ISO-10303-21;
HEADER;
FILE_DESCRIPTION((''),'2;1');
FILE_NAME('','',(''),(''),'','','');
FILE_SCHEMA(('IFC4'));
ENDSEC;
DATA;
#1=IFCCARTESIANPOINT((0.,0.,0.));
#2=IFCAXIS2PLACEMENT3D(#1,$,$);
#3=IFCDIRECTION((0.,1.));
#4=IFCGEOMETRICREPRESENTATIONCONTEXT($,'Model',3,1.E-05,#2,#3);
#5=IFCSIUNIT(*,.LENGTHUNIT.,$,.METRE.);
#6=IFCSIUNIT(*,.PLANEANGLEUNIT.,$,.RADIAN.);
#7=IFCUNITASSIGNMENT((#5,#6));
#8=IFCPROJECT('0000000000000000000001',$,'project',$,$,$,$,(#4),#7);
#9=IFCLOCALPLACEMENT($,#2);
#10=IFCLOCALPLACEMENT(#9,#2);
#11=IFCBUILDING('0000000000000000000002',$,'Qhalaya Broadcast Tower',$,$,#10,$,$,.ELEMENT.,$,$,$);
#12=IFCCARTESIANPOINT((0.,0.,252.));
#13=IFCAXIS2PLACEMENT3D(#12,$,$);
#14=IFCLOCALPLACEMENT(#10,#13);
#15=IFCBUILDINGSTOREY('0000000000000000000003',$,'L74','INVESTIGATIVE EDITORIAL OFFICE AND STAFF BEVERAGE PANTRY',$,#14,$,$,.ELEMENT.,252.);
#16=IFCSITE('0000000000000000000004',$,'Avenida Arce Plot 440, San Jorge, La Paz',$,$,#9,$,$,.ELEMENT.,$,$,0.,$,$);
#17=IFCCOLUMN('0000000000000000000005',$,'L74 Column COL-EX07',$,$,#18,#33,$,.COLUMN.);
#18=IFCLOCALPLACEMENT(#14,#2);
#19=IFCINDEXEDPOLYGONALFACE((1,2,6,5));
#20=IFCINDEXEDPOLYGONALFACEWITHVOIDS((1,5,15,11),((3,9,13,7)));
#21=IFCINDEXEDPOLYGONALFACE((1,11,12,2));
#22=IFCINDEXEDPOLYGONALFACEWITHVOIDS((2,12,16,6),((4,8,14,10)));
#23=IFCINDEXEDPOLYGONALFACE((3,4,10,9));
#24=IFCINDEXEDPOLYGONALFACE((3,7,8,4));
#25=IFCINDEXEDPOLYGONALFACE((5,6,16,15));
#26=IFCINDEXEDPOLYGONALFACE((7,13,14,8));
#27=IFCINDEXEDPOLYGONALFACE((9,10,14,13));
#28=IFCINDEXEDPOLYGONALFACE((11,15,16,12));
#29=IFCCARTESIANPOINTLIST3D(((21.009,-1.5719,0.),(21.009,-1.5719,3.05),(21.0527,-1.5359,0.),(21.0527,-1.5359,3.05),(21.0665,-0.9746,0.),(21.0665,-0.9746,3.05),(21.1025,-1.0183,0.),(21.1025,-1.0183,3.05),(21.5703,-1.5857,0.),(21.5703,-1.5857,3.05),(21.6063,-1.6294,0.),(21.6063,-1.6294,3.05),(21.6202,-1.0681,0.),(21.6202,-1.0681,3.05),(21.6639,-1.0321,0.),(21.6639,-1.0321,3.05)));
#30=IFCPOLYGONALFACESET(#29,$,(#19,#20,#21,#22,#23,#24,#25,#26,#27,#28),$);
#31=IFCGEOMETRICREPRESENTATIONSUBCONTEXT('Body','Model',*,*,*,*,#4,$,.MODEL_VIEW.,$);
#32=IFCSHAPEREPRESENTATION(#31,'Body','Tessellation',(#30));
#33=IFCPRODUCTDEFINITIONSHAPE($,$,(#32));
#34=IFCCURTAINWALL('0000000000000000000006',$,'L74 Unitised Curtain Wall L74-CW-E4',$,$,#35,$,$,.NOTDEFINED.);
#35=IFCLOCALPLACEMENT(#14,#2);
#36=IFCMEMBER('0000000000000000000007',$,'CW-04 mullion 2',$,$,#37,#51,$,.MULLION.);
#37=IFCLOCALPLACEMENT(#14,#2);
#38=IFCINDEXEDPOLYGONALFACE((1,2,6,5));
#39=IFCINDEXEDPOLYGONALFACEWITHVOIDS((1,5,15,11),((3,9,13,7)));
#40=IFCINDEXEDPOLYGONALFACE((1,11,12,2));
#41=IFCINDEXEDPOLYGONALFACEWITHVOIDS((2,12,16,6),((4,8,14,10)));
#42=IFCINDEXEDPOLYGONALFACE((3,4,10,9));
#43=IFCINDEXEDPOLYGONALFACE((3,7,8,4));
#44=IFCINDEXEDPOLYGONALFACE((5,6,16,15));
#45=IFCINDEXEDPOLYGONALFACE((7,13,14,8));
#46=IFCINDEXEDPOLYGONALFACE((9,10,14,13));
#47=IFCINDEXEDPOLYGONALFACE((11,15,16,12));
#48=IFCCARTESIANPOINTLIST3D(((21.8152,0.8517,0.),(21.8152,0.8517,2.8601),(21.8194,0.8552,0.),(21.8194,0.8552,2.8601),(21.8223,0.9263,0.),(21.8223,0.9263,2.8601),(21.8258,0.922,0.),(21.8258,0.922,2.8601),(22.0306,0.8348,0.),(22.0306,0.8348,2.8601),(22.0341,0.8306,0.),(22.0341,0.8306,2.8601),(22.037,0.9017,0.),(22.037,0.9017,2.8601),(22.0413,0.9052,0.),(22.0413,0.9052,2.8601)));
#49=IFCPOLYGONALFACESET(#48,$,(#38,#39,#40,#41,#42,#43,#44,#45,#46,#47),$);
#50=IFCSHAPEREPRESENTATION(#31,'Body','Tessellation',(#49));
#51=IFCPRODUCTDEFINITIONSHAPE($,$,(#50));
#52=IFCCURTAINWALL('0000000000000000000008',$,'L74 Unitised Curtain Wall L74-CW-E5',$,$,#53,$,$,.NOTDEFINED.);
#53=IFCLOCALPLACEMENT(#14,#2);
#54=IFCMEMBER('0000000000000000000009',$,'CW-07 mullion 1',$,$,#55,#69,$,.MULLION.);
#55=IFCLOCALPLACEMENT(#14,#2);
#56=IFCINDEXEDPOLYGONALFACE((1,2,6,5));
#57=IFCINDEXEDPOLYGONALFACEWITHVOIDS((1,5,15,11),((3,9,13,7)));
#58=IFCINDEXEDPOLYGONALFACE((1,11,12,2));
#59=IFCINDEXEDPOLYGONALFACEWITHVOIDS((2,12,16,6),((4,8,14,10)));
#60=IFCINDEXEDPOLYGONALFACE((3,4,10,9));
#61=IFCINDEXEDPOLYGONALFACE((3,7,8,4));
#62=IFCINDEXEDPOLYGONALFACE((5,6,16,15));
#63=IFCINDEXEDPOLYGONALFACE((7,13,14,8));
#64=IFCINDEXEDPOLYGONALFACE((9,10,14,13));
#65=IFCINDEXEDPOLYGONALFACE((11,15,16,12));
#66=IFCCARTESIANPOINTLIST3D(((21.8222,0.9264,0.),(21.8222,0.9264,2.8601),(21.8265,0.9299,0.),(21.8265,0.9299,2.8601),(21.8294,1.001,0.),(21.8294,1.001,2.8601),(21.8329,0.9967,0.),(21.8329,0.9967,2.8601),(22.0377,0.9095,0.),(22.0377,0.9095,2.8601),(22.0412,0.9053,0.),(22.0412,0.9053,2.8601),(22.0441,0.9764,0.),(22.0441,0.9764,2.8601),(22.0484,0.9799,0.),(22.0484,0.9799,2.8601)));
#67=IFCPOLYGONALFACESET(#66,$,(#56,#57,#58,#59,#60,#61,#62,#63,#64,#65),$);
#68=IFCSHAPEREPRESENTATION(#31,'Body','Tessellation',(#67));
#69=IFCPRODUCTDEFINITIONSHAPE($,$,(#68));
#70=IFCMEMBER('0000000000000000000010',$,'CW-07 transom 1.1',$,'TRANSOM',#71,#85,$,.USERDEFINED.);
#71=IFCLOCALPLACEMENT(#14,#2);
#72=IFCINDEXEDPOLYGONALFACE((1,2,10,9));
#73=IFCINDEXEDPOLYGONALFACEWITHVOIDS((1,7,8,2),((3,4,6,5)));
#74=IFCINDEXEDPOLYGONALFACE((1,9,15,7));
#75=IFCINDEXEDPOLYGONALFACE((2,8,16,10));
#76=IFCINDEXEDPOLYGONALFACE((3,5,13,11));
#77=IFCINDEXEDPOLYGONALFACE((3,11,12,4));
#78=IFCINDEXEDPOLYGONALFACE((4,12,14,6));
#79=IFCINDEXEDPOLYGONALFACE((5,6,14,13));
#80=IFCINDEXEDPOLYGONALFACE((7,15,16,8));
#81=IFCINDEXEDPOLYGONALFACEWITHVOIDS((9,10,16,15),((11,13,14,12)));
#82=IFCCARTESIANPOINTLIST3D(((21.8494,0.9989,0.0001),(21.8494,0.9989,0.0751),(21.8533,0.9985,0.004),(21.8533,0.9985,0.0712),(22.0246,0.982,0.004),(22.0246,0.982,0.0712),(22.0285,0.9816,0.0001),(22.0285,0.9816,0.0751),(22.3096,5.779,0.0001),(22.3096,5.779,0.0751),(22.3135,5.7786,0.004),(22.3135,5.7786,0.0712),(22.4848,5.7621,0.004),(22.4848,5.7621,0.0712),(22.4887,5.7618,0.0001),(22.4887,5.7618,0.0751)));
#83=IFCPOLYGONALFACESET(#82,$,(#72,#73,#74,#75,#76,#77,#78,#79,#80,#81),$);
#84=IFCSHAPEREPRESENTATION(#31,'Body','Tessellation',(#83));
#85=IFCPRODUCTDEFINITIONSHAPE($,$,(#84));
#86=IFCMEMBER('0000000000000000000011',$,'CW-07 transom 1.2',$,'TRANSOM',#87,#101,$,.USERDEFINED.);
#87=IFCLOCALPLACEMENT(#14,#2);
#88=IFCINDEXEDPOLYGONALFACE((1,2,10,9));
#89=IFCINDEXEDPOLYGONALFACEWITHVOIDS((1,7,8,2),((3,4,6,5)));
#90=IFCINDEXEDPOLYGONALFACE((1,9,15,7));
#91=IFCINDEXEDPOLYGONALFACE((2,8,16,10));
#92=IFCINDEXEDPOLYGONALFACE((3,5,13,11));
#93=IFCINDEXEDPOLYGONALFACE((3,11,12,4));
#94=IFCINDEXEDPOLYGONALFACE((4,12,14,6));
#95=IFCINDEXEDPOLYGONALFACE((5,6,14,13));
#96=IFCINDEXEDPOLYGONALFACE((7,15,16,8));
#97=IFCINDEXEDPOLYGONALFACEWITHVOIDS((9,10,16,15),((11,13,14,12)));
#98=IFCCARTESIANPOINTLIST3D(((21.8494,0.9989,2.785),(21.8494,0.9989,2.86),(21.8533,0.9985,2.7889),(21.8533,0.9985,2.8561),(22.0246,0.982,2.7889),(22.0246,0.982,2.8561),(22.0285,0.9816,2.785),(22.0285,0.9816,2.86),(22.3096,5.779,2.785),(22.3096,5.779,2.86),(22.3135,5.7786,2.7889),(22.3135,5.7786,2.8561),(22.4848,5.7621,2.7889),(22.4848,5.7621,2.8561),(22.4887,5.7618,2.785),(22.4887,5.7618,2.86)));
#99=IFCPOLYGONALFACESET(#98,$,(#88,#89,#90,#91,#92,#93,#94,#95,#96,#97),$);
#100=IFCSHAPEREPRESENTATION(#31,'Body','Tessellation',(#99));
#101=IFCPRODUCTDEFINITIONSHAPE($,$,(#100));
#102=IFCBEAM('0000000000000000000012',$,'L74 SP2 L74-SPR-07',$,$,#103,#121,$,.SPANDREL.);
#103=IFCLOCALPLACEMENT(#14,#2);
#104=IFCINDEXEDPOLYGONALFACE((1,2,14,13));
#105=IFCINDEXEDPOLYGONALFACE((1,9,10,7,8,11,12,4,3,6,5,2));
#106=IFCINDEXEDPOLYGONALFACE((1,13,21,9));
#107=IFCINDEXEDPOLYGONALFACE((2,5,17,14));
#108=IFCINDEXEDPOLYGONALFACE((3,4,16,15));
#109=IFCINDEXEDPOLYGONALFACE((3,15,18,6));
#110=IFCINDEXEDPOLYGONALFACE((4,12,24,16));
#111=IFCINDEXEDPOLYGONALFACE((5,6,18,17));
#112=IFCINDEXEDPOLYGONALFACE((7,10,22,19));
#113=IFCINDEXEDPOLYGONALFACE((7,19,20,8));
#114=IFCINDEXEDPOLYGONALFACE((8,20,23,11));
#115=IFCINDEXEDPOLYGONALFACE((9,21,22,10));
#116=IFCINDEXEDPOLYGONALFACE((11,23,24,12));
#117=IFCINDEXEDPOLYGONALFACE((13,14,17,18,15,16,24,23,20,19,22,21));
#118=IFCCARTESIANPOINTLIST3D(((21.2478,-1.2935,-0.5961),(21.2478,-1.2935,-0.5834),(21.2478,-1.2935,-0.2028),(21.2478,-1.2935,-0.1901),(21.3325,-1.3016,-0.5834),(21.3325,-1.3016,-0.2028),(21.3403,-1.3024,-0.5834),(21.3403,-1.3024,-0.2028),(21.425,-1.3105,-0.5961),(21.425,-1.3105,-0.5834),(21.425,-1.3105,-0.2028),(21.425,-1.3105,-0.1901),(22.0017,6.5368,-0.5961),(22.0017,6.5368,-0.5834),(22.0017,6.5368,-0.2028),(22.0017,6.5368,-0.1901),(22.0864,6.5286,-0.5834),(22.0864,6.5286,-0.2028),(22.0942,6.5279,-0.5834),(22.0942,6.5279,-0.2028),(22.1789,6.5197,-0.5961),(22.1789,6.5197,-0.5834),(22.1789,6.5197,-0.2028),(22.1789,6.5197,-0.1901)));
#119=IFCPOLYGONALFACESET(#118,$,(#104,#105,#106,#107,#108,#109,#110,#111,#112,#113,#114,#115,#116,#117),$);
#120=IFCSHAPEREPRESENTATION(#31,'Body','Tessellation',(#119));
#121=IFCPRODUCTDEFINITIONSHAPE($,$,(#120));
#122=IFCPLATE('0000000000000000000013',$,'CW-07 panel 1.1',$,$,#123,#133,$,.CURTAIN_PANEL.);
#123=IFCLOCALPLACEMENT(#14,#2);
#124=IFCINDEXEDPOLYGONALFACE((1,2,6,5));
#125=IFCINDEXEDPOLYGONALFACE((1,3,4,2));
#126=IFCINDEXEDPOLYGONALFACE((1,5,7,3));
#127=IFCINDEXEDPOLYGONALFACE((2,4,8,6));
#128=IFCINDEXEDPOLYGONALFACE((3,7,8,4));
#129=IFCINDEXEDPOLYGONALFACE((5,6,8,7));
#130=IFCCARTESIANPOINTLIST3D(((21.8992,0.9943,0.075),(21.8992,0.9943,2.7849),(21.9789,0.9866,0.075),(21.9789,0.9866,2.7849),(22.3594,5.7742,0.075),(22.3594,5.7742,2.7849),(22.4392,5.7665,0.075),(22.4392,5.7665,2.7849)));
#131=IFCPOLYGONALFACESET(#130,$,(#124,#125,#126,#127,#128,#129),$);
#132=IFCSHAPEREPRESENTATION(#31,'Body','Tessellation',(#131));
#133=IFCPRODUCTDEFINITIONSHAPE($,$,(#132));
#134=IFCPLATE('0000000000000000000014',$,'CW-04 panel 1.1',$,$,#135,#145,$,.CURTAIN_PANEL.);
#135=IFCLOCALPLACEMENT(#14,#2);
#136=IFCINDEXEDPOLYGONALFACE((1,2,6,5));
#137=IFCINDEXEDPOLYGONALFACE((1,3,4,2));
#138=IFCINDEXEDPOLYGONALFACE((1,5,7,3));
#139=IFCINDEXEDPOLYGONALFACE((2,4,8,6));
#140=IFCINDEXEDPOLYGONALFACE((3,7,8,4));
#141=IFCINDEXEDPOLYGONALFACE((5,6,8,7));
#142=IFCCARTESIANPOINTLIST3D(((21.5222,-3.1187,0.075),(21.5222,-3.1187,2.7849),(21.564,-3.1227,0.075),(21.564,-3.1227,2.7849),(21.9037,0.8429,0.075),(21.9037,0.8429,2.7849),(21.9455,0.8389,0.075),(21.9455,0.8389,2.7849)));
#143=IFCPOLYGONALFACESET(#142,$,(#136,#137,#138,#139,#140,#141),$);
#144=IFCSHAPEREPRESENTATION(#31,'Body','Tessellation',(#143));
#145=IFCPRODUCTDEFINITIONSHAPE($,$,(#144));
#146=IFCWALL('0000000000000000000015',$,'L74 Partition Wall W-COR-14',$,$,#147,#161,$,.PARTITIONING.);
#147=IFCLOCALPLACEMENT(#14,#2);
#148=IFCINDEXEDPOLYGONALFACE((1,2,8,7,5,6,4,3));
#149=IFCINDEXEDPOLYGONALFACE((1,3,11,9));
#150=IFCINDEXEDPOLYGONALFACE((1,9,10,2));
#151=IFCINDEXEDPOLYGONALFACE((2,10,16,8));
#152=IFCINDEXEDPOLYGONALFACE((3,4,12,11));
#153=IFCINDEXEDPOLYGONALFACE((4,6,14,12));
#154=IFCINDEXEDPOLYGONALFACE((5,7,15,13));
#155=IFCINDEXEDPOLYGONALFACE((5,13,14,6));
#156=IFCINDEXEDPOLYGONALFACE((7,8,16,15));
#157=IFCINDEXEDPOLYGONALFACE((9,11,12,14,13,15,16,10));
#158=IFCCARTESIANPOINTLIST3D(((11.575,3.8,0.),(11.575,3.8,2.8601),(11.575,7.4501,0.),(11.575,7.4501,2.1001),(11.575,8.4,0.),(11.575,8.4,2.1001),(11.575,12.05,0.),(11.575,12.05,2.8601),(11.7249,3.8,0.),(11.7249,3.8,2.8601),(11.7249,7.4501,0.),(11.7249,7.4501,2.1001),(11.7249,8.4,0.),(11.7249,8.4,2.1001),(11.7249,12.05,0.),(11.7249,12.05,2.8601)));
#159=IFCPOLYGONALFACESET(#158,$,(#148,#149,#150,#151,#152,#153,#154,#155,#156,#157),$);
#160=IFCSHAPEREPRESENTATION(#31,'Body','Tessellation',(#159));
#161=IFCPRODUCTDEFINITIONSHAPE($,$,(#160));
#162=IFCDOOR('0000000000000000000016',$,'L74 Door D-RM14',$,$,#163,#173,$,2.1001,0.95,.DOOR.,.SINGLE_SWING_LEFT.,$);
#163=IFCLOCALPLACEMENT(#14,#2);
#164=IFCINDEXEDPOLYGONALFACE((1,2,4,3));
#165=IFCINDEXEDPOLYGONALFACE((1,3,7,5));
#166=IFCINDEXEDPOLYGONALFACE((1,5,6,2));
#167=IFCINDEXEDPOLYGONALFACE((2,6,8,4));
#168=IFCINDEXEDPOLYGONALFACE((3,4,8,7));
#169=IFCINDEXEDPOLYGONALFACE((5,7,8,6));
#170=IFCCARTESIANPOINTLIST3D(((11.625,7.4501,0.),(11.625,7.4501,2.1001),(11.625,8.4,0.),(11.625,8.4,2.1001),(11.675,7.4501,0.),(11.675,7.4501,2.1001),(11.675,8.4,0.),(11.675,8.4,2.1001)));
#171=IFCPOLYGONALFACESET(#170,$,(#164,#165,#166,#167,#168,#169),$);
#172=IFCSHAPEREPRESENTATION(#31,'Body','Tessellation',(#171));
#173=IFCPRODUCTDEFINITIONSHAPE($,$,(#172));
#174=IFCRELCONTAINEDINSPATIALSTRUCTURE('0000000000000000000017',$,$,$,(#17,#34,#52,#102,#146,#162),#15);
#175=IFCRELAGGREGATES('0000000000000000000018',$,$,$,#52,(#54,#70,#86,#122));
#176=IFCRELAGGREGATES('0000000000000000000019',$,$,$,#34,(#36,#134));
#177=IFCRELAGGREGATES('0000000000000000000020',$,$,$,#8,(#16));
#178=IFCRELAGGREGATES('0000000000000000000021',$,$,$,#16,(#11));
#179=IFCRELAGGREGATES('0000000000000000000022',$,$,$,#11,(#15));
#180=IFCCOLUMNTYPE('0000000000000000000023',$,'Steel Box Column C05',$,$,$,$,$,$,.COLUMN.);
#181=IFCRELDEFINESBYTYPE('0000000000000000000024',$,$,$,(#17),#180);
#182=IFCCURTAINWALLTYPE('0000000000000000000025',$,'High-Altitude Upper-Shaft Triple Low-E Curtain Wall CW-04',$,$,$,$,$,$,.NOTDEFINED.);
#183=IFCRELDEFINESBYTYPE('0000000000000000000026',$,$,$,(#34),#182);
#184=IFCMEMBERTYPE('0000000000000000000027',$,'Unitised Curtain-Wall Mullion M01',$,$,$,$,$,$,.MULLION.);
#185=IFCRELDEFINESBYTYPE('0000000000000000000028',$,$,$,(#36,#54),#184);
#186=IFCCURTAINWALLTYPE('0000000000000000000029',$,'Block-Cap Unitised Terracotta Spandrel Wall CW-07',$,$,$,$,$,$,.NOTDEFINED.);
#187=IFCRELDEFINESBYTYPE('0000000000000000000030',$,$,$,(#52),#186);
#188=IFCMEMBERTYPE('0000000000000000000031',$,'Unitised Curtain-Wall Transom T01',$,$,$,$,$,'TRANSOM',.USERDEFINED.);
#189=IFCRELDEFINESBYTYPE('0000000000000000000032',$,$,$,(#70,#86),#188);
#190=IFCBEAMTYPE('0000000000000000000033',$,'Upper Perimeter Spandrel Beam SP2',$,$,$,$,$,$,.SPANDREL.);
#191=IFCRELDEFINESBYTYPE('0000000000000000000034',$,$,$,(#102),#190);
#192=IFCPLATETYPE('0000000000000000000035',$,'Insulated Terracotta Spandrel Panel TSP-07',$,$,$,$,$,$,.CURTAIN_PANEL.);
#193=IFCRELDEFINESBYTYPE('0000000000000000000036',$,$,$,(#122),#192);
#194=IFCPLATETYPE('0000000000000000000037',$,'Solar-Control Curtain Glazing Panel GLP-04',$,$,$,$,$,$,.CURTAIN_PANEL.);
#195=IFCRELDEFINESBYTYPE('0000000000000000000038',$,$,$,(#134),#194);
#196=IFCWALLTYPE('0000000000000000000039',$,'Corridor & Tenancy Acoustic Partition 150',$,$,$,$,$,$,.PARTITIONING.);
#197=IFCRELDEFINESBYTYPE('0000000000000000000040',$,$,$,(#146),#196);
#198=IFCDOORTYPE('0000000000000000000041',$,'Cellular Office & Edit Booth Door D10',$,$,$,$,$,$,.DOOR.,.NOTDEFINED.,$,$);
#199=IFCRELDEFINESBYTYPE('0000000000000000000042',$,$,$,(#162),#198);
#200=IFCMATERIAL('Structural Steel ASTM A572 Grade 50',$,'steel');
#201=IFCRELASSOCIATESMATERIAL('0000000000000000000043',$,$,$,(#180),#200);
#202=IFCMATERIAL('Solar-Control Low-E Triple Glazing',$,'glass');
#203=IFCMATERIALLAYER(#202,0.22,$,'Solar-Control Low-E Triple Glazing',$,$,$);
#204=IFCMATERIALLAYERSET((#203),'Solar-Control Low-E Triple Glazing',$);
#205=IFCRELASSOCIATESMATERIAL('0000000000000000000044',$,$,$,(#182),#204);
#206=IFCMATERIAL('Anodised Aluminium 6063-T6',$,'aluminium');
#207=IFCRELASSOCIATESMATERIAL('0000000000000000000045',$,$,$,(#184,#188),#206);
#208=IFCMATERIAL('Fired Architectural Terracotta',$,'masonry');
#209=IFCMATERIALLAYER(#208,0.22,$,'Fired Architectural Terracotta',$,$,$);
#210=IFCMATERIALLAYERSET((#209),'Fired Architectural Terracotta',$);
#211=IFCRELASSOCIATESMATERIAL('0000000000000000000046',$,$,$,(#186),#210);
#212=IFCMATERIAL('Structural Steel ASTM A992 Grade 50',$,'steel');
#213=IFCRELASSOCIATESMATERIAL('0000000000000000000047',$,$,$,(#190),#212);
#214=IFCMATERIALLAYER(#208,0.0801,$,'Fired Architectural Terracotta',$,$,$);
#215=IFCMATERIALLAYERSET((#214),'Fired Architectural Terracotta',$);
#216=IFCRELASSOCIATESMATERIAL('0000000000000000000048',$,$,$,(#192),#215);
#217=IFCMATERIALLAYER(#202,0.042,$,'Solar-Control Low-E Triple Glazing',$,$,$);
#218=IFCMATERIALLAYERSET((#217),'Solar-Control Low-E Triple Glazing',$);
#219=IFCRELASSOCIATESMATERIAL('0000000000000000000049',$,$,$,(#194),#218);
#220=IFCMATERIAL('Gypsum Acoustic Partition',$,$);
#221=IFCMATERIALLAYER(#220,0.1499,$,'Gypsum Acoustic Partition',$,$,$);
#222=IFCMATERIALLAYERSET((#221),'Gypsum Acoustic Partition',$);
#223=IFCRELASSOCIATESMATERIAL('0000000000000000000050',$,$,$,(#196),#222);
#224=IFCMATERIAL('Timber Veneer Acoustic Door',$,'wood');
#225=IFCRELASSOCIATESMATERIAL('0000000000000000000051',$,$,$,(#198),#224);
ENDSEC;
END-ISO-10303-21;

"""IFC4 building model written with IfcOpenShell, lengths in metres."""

from ifc_helpers import new_model, si_unit, direction, frame, frame_2d, origin, origin_2d, place, context, subcontext, project, spatial, rectangle, hollow_rectangle, i_section, extrude, material, layer, layer_set, material_profile, profile_set, type_object, element, fill, aggregate, save


model = new_model("IFC4")

# Units and contexts
model_context = context("Model", 3, precision=1e-05, world=origin(), true_north=direction((0.0, 1.0)))
body_context = subcontext(model_context, "Body", "Model", "MODEL_VIEW")
ifc_project = project(units=[si_unit("LENGTHUNIT", "METRE"), si_unit("PLANEANGLEUNIT", "RADIAN")], contexts=[model_context])

# Site, building, storey
site_placement = place(None, origin())
site = spatial("IfcSite", under=ifc_project, at=site_placement, Name="Avenida Arce Plot 440, San Jorge, La Paz", CompositionType="ELEMENT", RefElevation=0.0)
building_placement = place(site_placement, origin())
building = spatial("IfcBuilding", under=site, at=building_placement, Name="Qhalaya Broadcast Tower", CompositionType="ELEMENT")
storey_placement = place(building_placement, frame((0.0, 0.0, 252.0)))
storey = spatial("IfcBuildingStorey", under=building, at=storey_placement, Name="L74", Description="INVESTIGATIVE EDITORIAL OFFICE AND STAFF BEVERAGE PANTRY", CompositionType="ELEMENT", Elevation=252.0)

# Column
ifc_material_1 = material(Name="Structural Steel ASTM A572 Grade 50", Category="steel")
ifc_material_profile_1 = material_profile(ifc_material_1, hollow_rectangle(XDim=0.6001, YDim=0.6001, WallThickness=0.04, at=origin_2d()), Name="BOX 600x600x40")
ifc_profile_set_1 = profile_set([ifc_material_profile_1], Name="Structural Steel ASTM A572 Grade 50")
column_type = type_object("IfcColumnType", Name="Steel Box Column C05", PredefinedType="COLUMN", material=ifc_profile_set_1)
column_placement = place(storey_placement, frame((21.3364, -1.302, 0.0), z_axis=(0.0, 0.0, 1.0), x_axis=(0.095846, 0.995396, 0.0)))
element("IfcColumn", 1, at=column_placement, inside=storey, type_object=column_type, Name="L74 Column COL-EX07", PredefinedType="COLUMN", context=body_context, shape_type="SweptSolid", body=[
    extrude(hollow_rectangle(XDim=0.6001, YDim=0.6001, WallThickness=0.04, at=origin_2d()), origin(), (0.0, 0.0, 1.0), 3.05),
])

# Curtain wall, member
ifc_material_2 = material(Name="Solar-Control Low-E Triple Glazing", Category="glass")
ifc_layer_1 = layer(ifc_material_2, 0.22, Name="Solar-Control Low-E Triple Glazing")
ifc_layer_set_1 = layer_set([ifc_layer_1], Name="Solar-Control Low-E Triple Glazing")
curtain_wall_type_1 = type_object("IfcCurtainWallType", Name="High-Altitude Upper-Shaft Triple Low-E Curtain Wall CW-04", PredefinedType="NOTDEFINED", material=ifc_layer_set_1)
curtain_wall_1_placement = place(storey_placement, origin())
curtain_wall_1 = element("IfcCurtainWall", 2, at=curtain_wall_1_placement, inside=storey, type_object=curtain_wall_type_1, Name="L74 Unitised Curtain Wall L74-CW-E4", PredefinedType="NOTDEFINED")
ifc_material_3 = material(Name="Anodised Aluminium 6063-T6", Category="aluminium")
ifc_material_profile_2 = material_profile(ifc_material_3, hollow_rectangle(XDim=0.075, YDim=0.22, WallThickness=0.0039, at=origin_2d()), Name="ALU-MUL 75x220x4")
ifc_profile_set_2 = profile_set([ifc_material_profile_2], Name="Anodised Aluminium 6063-T6")
member_type_1 = type_object("IfcMemberType", Name="Unitised Curtain-Wall Mullion M01", PredefinedType="MULLION", material=ifc_profile_set_2)
member_1_placement = place(storey_placement, frame((21.9282, 0.8784, 0.0), z_axis=(0.0, 0.0, 1.0), x_axis=(0.095859, 0.995395, 0.0)))
member_1 = element("IfcMember", 3, at=member_1_placement, type_object=member_type_1, Name="CW-04 mullion 2", PredefinedType="MULLION", context=body_context, shape_type="SweptSolid", body=[
    extrude(hollow_rectangle(XDim=0.075, YDim=0.22, WallThickness=0.0039, at=origin_2d()), origin(), (0.0, 0.0, 1.0), 2.8601),
])

# Curtain wall, members
ifc_material_4 = material(Name="Fired Architectural Terracotta", Category="masonry")
ifc_layer_2 = layer(ifc_material_4, 0.22, Name="Fired Architectural Terracotta")
ifc_layer_set_2 = layer_set([ifc_layer_2], Name="Fired Architectural Terracotta")
curtain_wall_type_2 = type_object("IfcCurtainWallType", Name="Block-Cap Unitised Terracotta Spandrel Wall CW-07", PredefinedType="NOTDEFINED", material=ifc_layer_set_2)
curtain_wall_2_placement = place(storey_placement, origin())
curtain_wall_2 = element("IfcCurtainWall", 4, at=curtain_wall_2_placement, inside=storey, type_object=curtain_wall_type_2, Name="L74 Unitised Curtain Wall L74-CW-E5", PredefinedType="NOTDEFINED")
member_2_placement = place(storey_placement, frame((21.9353, 0.9531, 0.0), z_axis=(0.0, 0.0, 1.0), x_axis=(0.09584, 0.995397, 0.0)))
member_2 = element("IfcMember", 5, at=member_2_placement, type_object=member_type_1, Name="CW-07 mullion 1", PredefinedType="MULLION", context=body_context, shape_type="SweptSolid", body=[
    extrude(hollow_rectangle(XDim=0.075, YDim=0.22, WallThickness=0.0039, at=origin_2d()), origin(), (0.0, 0.0, 1.0), 2.8601),
])
ifc_material_profile_3 = material_profile(ifc_material_3, hollow_rectangle(XDim=0.075, YDim=0.1799, WallThickness=0.0039, at=origin_2d()), Name="ALU-TRN 75x180x4")
ifc_profile_set_3 = profile_set([ifc_material_profile_3], Name="Anodised Aluminium 6063-T6")
member_type_2 = type_object("IfcMemberType", Name="Unitised Curtain-Wall Transom T01", ElementType="TRANSOM", PredefinedType="USERDEFINED", material=ifc_profile_set_3)
member_3_placement = place(storey_placement, frame((21.939, 0.9902, 0.0376), z_axis=(0.095833, 0.995397, 0.0), x_axis=(0.0, 0.0, 1.0)))
member_3 = element("IfcMember", 6, at=member_3_placement, type_object=member_type_2, Name="CW-07 transom 1.1", ObjectType="TRANSOM", PredefinedType="USERDEFINED", context=body_context, shape_type="SweptSolid", body=[
    extrude(hollow_rectangle(XDim=0.075, YDim=0.1799, WallThickness=0.0039, at=origin_2d()), origin(), (0.0, 0.0, 1.0), 4.8022),
])
member_4_placement = place(storey_placement, frame((21.939, 0.9902, 2.8225), z_axis=(0.095833, 0.995397, 0.0), x_axis=(0.0, 0.0, 1.0)))
member_4 = element("IfcMember", 7, at=member_4_placement, type_object=member_type_2, Name="CW-07 transom 1.2", ObjectType="TRANSOM", PredefinedType="USERDEFINED", context=body_context, shape_type="SweptSolid", body=[
    extrude(hollow_rectangle(XDim=0.075, YDim=0.1799, WallThickness=0.0039, at=origin_2d()), origin(), (0.0, 0.0, 1.0), 4.8022),
])

# Beam
ifc_material_5 = material(Name="Structural Steel ASTM A992 Grade 50", Category="steel")
ifc_material_profile_4 = material_profile(ifc_material_5, i_section(OverallWidth=0.178, OverallDepth=0.406, WebThickness=0.0078, FlangeThickness=0.0127, at=origin_2d()), Name="W16X40")
ifc_profile_set_4 = profile_set([ifc_material_profile_4], Name="Structural Steel ASTM A992 Grade 50")
beam_type = type_object("IfcBeamType", Name="Upper Perimeter Spandrel Beam SP2", PredefinedType="SPANDREL", material=ifc_profile_set_4)
beam_placement = place(storey_placement, frame((21.3364, -1.302, -0.3931), z_axis=(0.095837, 0.995397, 0.0), x_axis=(-0.995397, 0.095837, 0.0)))
element("IfcBeam", 8, at=beam_placement, inside=storey, type_object=beam_type, Name="L74 SP2 L74-SPR-07", PredefinedType="SPANDREL", context=body_context, shape_type="SweptSolid", body=[
    extrude(i_section(OverallWidth=0.178, OverallDepth=0.406, WebThickness=0.0078, FlangeThickness=0.0127, at=origin_2d()), origin(), (0.0, 0.0, 1.0), 7.8665),
])

# Plates
ifc_layer_3 = layer(ifc_material_4, 0.0801, Name="Fired Architectural Terracotta")
ifc_layer_set_3 = layer_set([ifc_layer_3], Name="Fired Architectural Terracotta")
plate_type_1 = type_object("IfcPlateType", Name="Insulated Terracotta Spandrel Panel TSP-07", PredefinedType="CURTAIN_PANEL", material=ifc_layer_set_3)
plate_1_placement = place(storey_placement, frame((22.1692, 3.3804, 0.075), z_axis=(0.0, 0.0, 1.0), x_axis=(0.09584, 0.995397, 0.0)))
plate_1 = element("IfcPlate", 9, at=plate_1_placement, type_object=plate_type_1, Name="CW-07 panel 1.1", PredefinedType="CURTAIN_PANEL", context=body_context, shape_type="SweptSolid", body=[
    extrude(rectangle(XDim=4.802, YDim=0.0801, at=origin_2d()), origin(), (0.0, 0.0, 1.0), 2.71),
])
aggregate(curtain_wall_2, [member_2, member_3, member_4, plate_1])
ifc_layer_4 = layer(ifc_material_2, 0.042, Name="Solar-Control Low-E Triple Glazing")
ifc_layer_set_4 = layer_set([ifc_layer_4], Name="Solar-Control Low-E Triple Glazing")
plate_type_2 = type_object("IfcPlateType", Name="Solar-Control Curtain Glazing Panel GLP-04", PredefinedType="CURTAIN_PANEL", material=ifc_layer_set_4)
plate_2_placement = place(storey_placement, frame((21.7339, -1.1399, 0.075), z_axis=(0.0, 0.0, 1.0), x_axis=(0.095859, 0.995395, 0.0)))
plate_2 = element("IfcPlate", 10, at=plate_2_placement, type_object=plate_type_2, Name="CW-04 panel 1.1", PredefinedType="CURTAIN_PANEL", context=body_context, shape_type="SweptSolid", body=[
    extrude(rectangle(XDim=3.98, YDim=0.042, at=origin_2d()), origin(), (0.0, 0.0, 1.0), 2.71),
])
aggregate(curtain_wall_1, [member_1, plate_2])

# Wall, opening, door
ifc_material_6 = material(Name="Gypsum Acoustic Partition")
ifc_layer_5 = layer(ifc_material_6, 0.1499, Name="Gypsum Acoustic Partition")
ifc_layer_set_5 = layer_set([ifc_layer_5], Name="Gypsum Acoustic Partition")
wall_type_1 = type_object("IfcWallType", Name="Corridor & Tenancy Acoustic Partition 150", PredefinedType="PARTITIONING", material=ifc_layer_set_5)
wall_1_placement = place(storey_placement, frame((11.6499, 3.8, 0.0), z_axis=(0.0, 0.0, 1.0), x_axis=(0.0, 1.0, 0.0)))
wall_1 = element("IfcWall", 11, at=wall_1_placement, inside=storey, type_object=wall_type_1, Name="L74 Partition Wall W-COR-14", PredefinedType="PARTITIONING", context=body_context, shape_type="SweptSolid", body=[
    extrude(rectangle(XDim=8.25, YDim=0.1499, at=frame_2d((4.125, 0.0))), origin(), (0.0, 0.0, 1.0), 2.8601),
])
opening_1_placement = place(wall_1_placement, frame((3.6499, 0.0, 0.0)))
opening_1 = element("IfcOpeningElement", 12, at=opening_1_placement, cuts=wall_1, PredefinedType="OPENING", context=body_context, shape_type="SweptSolid", body=[
    extrude(rectangle(XDim=0.95, YDim=2.1001, at=frame_2d((0.4751, 1.05))), frame((0.0, 0.0869, 0.0), z_axis=(0.0, -1.0, 0.0), x_axis=(1.0, 0.0, 0.0)), (0.0, 0.0, 1.0), 0.1738),
])
ifc_material_7 = material(Name="Timber Veneer Acoustic Door", Category="wood")
door_type_1 = type_object("IfcDoorType", Name="Cellular Office & Edit Booth Door D10", OperationType="NOTDEFINED", PredefinedType="DOOR", material=ifc_material_7)
door_1_placement = place(opening_1_placement, origin())
door_1 = element("IfcDoor", 13, at=door_1_placement, inside=storey, type_object=door_type_1, Name="L74 Door D-RM14", OperationType="SINGLE_SWING_LEFT", OverallHeight=2.1001, OverallWidth=0.95, PredefinedType="DOOR", context=body_context, shape_type="SweptSolid", body=[
    extrude(rectangle(XDim=0.95, YDim=2.1001, at=frame_2d((0.4751, 1.05))), frame((0.0, 0.0249, 0.0), z_axis=(0.0, -1.0, 0.0), x_axis=(1.0, 0.0, 0.0)), (0.0, 0.0, 1.0), 0.05),
])
fill(opening_1, door_1)

save(model, "model.ifc")
